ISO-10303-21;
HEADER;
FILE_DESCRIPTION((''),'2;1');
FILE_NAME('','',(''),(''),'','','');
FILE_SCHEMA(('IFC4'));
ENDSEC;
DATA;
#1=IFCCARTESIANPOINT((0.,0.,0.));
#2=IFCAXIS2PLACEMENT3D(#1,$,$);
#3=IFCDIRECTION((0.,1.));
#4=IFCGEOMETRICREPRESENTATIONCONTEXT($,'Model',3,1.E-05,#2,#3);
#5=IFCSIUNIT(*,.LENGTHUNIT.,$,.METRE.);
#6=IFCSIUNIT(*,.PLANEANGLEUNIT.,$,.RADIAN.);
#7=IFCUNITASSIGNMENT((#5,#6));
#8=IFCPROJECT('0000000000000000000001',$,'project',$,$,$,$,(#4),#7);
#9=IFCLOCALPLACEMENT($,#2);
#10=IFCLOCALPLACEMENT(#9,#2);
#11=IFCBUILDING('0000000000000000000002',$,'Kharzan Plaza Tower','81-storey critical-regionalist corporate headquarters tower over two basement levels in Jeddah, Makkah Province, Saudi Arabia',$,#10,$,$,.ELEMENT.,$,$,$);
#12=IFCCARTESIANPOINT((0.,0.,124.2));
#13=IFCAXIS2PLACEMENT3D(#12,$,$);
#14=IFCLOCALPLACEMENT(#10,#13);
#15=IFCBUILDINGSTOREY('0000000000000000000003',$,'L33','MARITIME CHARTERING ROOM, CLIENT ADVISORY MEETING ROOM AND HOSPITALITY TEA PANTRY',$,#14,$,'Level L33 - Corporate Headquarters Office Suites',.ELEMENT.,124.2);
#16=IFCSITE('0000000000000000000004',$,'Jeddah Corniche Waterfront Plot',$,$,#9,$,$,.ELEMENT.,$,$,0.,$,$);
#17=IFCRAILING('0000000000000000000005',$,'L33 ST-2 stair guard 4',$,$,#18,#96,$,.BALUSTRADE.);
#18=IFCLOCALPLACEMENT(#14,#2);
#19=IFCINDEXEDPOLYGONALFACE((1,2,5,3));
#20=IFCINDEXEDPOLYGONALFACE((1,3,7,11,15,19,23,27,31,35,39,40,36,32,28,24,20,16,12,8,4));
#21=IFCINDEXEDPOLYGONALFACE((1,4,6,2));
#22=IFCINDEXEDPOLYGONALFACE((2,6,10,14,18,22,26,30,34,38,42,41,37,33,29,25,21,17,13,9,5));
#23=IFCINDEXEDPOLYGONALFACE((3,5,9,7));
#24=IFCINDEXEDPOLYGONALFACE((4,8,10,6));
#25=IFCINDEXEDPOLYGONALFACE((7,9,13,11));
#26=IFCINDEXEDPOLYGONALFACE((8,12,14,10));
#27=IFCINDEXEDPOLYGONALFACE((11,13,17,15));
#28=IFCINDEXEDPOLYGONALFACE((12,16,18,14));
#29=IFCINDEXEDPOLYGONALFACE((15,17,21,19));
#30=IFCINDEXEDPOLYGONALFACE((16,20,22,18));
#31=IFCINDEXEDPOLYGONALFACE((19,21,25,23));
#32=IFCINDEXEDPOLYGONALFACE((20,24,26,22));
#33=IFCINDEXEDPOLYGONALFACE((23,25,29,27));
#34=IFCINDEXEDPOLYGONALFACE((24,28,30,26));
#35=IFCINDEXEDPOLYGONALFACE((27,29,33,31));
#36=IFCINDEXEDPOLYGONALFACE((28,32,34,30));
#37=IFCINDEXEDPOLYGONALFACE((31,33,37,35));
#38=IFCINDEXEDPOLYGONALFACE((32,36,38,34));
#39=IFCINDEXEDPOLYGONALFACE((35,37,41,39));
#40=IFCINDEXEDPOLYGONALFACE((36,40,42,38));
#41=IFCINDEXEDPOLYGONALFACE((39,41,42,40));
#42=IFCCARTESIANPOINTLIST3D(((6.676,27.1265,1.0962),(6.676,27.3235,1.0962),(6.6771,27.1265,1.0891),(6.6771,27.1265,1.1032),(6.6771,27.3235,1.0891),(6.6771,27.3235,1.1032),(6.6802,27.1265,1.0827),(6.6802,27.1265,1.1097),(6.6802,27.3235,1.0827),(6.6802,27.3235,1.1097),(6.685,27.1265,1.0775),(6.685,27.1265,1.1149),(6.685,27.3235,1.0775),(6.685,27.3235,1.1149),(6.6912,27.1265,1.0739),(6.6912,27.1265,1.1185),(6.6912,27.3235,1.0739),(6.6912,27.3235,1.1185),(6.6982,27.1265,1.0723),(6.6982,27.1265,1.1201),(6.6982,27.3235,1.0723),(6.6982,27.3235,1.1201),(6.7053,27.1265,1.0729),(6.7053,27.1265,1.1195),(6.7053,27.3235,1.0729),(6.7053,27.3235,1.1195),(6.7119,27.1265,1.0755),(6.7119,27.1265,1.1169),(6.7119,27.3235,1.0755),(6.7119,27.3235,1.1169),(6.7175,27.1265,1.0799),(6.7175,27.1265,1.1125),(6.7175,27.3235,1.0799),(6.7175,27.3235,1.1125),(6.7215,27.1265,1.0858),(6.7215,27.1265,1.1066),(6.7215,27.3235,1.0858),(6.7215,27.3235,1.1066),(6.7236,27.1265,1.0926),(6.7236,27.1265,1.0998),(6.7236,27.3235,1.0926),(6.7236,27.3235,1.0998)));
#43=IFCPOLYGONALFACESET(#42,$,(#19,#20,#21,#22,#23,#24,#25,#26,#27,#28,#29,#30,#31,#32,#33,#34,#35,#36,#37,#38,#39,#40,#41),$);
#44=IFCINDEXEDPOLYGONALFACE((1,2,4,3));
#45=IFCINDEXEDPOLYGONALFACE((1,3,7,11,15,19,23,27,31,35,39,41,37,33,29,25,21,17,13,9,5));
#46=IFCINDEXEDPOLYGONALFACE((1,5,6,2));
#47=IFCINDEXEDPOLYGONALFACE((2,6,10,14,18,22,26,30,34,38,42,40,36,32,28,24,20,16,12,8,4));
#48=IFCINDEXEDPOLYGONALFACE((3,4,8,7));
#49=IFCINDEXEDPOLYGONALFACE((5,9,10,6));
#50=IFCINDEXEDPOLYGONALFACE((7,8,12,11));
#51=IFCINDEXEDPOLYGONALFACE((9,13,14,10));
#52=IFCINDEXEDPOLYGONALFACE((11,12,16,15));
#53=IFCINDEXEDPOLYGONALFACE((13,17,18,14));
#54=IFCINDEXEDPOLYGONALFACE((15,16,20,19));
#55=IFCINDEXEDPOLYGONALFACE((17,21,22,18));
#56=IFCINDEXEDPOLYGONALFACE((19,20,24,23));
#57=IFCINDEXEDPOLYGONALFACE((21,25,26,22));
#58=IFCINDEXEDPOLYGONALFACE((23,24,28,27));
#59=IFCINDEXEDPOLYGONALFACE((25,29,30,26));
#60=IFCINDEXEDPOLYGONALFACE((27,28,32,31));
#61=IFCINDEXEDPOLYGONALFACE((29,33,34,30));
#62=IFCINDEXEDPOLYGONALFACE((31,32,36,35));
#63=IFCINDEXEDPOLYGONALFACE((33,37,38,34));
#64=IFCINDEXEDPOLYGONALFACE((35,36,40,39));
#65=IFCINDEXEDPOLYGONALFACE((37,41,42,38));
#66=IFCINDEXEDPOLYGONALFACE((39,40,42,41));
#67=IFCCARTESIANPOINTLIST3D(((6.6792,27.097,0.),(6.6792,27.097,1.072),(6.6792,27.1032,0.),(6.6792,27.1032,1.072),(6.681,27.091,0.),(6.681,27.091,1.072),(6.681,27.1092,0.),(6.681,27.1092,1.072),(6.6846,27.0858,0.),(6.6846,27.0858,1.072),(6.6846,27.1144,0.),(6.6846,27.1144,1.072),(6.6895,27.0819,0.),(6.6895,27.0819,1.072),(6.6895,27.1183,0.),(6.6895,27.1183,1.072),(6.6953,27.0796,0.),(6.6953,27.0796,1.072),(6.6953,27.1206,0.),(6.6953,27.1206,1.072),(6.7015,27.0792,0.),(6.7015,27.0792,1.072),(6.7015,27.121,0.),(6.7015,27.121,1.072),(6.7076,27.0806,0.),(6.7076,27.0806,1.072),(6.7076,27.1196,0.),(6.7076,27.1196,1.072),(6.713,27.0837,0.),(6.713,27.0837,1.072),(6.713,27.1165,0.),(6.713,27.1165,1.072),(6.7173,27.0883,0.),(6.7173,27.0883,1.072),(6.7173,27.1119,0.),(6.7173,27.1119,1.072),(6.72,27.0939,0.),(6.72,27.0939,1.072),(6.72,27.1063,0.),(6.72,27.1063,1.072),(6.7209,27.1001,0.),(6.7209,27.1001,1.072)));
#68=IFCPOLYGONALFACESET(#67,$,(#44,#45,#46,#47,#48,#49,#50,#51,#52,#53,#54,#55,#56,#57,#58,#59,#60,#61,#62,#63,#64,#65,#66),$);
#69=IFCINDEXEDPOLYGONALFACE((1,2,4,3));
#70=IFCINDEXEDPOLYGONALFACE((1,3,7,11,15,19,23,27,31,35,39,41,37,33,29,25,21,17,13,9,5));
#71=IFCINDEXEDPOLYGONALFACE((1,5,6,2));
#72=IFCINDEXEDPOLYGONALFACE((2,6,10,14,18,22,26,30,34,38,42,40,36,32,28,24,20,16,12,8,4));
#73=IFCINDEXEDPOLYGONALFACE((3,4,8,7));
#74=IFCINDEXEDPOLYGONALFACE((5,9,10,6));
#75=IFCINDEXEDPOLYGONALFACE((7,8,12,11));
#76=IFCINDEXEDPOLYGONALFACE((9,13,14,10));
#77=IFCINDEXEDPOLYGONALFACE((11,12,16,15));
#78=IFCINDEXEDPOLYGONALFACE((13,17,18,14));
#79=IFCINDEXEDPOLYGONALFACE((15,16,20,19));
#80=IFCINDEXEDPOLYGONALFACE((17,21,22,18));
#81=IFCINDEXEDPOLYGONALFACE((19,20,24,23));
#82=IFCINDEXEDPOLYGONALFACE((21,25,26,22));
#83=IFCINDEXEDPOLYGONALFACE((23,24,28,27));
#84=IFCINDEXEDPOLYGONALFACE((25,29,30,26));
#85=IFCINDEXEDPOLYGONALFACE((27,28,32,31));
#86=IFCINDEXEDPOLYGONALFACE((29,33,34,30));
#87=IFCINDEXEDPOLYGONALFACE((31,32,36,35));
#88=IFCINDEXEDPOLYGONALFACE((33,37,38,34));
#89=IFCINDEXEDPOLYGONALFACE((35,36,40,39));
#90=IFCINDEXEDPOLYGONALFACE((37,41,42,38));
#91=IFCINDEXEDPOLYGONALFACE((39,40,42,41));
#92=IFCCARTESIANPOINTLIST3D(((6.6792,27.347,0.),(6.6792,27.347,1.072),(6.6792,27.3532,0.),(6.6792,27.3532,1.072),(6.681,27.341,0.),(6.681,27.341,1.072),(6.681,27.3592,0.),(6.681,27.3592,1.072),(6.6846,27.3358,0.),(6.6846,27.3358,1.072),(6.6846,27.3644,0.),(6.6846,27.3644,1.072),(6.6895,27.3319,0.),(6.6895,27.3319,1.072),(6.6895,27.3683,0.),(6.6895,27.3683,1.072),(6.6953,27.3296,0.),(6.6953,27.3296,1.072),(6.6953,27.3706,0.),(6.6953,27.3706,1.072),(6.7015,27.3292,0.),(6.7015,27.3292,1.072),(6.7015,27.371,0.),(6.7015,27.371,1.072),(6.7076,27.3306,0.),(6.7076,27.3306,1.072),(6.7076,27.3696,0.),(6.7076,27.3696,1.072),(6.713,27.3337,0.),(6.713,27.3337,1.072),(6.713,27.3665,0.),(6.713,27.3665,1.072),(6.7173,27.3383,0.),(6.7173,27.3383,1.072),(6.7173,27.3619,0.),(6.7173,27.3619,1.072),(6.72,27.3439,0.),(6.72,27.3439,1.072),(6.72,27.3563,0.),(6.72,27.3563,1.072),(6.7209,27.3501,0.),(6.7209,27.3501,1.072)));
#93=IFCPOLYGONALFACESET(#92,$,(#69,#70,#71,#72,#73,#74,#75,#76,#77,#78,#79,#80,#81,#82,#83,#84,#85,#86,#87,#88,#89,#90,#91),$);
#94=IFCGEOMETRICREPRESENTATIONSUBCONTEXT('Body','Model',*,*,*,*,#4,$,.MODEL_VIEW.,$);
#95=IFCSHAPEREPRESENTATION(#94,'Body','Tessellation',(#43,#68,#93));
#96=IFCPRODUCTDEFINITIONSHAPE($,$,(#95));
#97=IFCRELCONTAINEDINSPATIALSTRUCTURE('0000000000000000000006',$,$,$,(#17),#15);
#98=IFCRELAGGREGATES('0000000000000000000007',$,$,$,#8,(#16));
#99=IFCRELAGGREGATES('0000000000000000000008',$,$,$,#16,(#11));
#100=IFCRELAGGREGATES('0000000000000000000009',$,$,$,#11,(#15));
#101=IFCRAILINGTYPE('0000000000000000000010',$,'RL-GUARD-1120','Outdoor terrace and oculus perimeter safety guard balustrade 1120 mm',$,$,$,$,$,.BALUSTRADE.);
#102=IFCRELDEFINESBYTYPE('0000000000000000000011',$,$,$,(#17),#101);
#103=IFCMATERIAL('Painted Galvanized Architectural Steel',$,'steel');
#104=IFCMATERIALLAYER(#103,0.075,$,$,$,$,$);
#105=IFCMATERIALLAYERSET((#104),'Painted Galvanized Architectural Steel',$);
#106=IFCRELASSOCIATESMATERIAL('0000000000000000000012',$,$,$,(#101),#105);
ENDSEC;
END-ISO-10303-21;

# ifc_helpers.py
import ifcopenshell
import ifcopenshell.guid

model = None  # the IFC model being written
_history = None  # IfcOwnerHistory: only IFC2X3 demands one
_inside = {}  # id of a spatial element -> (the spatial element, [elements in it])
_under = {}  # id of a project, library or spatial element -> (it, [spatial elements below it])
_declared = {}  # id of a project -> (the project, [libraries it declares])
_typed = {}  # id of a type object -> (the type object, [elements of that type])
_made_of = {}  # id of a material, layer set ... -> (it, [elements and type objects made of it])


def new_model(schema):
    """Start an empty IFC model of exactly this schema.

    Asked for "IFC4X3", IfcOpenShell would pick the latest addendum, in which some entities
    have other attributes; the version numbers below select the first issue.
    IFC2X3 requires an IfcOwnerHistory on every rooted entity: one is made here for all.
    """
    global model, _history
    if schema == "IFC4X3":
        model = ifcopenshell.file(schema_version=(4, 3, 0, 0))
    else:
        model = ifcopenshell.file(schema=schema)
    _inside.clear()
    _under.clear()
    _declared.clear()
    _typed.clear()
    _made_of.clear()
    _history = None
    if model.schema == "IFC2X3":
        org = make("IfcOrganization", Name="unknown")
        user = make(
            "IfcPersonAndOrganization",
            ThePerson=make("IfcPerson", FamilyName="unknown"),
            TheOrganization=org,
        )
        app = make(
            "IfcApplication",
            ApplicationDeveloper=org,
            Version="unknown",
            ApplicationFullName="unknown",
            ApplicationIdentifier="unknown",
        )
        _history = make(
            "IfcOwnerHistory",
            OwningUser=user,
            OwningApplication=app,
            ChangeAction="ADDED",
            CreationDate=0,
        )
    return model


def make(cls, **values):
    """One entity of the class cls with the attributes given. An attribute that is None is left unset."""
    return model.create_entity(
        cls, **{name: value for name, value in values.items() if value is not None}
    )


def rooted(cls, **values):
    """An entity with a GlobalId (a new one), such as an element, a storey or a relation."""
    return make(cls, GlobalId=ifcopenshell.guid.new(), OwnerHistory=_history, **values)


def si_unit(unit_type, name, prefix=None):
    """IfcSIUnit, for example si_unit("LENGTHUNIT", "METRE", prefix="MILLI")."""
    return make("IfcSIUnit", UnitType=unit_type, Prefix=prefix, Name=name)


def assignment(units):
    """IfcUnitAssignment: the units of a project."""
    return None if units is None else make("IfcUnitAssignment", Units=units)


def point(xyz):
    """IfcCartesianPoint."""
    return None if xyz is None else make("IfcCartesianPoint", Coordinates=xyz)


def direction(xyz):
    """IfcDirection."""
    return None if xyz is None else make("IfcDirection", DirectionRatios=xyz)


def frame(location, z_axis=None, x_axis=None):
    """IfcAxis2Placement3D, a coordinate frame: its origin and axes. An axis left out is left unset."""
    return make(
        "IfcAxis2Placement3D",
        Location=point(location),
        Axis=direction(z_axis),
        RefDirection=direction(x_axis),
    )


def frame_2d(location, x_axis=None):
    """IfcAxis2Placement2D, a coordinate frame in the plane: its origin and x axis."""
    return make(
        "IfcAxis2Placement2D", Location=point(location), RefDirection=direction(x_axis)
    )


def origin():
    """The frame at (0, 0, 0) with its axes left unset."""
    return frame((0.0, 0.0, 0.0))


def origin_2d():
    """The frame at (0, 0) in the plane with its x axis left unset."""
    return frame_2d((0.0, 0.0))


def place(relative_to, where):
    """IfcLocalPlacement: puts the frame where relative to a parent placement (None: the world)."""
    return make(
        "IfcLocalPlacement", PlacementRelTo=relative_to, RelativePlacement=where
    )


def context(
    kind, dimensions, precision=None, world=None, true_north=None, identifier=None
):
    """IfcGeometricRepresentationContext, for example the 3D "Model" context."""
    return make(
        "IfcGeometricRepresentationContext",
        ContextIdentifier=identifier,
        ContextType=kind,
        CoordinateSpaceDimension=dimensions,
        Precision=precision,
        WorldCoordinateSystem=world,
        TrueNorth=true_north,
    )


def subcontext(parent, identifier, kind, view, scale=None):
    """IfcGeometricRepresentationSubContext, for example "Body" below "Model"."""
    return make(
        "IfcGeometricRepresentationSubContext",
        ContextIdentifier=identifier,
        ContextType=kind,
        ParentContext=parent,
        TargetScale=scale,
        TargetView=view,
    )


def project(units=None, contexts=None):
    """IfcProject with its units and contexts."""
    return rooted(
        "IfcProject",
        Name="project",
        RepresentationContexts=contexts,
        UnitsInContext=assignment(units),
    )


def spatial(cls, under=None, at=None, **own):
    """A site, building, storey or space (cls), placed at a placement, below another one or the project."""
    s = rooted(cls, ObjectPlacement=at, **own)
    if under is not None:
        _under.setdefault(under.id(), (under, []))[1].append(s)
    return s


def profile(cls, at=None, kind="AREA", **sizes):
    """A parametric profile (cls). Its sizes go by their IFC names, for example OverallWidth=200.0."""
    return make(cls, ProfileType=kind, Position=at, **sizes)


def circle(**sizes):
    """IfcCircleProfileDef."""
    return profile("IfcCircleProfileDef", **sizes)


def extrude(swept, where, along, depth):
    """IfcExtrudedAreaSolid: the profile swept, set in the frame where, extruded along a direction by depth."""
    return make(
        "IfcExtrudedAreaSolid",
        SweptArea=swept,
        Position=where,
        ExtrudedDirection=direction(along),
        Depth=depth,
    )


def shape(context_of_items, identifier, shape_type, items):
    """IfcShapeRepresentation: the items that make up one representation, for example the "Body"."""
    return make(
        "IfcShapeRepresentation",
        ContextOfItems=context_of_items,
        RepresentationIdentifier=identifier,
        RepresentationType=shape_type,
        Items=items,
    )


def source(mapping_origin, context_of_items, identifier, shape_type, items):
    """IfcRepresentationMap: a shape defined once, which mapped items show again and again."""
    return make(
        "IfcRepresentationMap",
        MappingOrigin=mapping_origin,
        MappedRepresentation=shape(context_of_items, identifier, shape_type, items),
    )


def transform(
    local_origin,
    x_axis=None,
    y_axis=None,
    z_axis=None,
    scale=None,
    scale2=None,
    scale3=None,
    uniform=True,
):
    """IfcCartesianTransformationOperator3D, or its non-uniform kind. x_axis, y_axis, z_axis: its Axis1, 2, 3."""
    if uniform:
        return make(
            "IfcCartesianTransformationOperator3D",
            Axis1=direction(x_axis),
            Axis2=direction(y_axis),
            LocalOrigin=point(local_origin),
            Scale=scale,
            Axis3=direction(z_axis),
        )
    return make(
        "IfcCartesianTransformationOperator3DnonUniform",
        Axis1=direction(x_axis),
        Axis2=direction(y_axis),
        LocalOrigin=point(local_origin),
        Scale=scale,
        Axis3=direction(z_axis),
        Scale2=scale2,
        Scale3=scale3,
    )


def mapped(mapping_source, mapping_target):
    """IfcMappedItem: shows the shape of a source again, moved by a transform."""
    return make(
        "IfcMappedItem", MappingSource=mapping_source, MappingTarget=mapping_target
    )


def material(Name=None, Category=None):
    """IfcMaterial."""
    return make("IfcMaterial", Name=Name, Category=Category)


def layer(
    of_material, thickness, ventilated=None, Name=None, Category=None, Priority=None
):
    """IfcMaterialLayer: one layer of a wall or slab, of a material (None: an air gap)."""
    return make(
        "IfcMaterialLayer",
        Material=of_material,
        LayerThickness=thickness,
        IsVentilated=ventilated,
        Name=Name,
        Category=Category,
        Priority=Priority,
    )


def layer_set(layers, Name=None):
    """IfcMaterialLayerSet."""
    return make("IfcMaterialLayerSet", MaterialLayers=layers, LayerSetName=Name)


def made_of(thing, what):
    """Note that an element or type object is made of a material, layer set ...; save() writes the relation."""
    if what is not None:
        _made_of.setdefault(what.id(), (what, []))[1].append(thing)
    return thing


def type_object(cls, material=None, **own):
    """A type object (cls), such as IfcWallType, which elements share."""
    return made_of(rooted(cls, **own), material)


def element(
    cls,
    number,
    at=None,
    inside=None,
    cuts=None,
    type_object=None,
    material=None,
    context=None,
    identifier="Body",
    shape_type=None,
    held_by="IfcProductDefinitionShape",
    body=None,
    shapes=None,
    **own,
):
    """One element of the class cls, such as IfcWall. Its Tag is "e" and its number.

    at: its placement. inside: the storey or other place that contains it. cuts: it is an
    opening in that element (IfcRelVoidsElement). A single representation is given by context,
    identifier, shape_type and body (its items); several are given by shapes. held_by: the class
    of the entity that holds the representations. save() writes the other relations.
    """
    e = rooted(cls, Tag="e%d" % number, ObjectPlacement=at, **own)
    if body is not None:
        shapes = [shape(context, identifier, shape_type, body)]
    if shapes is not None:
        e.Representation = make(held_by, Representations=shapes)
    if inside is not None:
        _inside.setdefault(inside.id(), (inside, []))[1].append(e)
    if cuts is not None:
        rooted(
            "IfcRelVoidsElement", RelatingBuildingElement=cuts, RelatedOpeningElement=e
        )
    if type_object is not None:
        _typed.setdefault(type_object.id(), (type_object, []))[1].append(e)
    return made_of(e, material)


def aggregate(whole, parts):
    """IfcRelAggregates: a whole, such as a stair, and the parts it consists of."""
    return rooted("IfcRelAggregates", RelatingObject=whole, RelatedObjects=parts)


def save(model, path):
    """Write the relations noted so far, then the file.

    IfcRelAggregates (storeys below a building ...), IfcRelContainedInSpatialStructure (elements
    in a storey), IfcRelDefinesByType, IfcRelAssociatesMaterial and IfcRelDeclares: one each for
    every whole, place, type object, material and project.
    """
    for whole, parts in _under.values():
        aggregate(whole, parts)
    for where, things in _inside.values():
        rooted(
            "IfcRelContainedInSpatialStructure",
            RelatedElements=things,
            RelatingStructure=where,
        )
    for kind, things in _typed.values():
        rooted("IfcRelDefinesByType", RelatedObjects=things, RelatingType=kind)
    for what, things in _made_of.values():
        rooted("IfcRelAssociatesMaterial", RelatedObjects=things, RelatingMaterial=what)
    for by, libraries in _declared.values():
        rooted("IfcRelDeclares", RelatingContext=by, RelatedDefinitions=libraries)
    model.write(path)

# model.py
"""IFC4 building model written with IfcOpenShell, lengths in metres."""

from ifc_helpers import new_model, si_unit, direction, frame, origin, origin_2d, place, context, subcontext, project, spatial, circle, extrude, source, transform, mapped, material, layer, layer_set, type_object, element, save


model = new_model("IFC4")

# Units and contexts
model_context = context("Model", 3, precision=1e-05, world=origin(), true_north=direction((0.0, 1.0)))
body_context = subcontext(model_context, "Body", "Model", "MODEL_VIEW")
ifc_project = project(units=[si_unit("LENGTHUNIT", "METRE"), si_unit("PLANEANGLEUNIT", "RADIAN")], contexts=[model_context])

# Site, building, storey
site_placement = place(None, origin())
site = spatial("IfcSite", under=ifc_project, at=site_placement, Name="Jeddah Corniche Waterfront Plot", CompositionType="ELEMENT", RefElevation=0.0)
building_placement = place(site_placement, origin())
building = spatial("IfcBuilding", under=site, at=building_placement, Name="Kharzan Plaza Tower", Description="81-storey critical-regionalist corporate headquarters tower over two basement levels in Jeddah, Makkah Province, Saudi Arabia", CompositionType="ELEMENT")
storey_placement = place(building_placement, frame((0.0, 0.0, 124.2)))
storey = spatial("IfcBuildingStorey", under=building, at=storey_placement, Name="L33", Description="MARITIME CHARTERING ROOM, CLIENT ADVISORY MEETING ROOM AND HOSPITALITY TEA PANTRY", LongName="Level L33 - Corporate Headquarters Office Suites", CompositionType="ELEMENT", Elevation=124.2)

# Railing
ifc_material_1 = material(Name="Painted Galvanized Architectural Steel", Category="steel")
ifc_layer_1 = layer(ifc_material_1, 0.075)
ifc_layer_set_1 = layer_set([ifc_layer_1], Name="Painted Galvanized Architectural Steel")
railing_type = type_object("IfcRailingType", Name="RL-GUARD-1120", Description="Outdoor terrace and oculus perimeter safety guard balustrade 1120 mm", PredefinedType="BALUSTRADE", material=ifc_layer_set_1)
shared_shape_1 = source(origin(), body_context, "Body", "SweptSolid", [
    extrude(circle(Radius=0.0239, at=origin_2d()), frame((0.0, 0.0264, 1.0962), z_axis=(0.0, 1.0, 0.0), x_axis=(-1.0, 0.0, 0.0)), (0.0, 0.0, 1.0), 0.197),
    extrude(circle(Radius=0.021, at=origin_2d()), origin(), (0.0, 0.0, 1.0), 1.072),
    extrude(circle(Radius=0.021, at=origin_2d()), frame((0.0, 0.25, 0.0)), (0.0, 0.0, 1.0), 1.072),
])
railing_placement = place(storey_placement, frame((6.7, 27.1001, 0.0)))
element("IfcRailing", 1, at=railing_placement, inside=storey, type_object=railing_type, Name="L33 ST-2 stair guard 4", PredefinedType="BALUSTRADE", context=body_context, shape_type="MappedRepresentation", body=[
    mapped(shared_shape_1, transform((0.0, 0.0, 0.0), x_axis=(1.0, 0.0, 0.0), y_axis=(0.0, 1.0, 0.0), z_axis=(0.0, 0.0, 1.0))),
])

save(model, "model.ifc")
